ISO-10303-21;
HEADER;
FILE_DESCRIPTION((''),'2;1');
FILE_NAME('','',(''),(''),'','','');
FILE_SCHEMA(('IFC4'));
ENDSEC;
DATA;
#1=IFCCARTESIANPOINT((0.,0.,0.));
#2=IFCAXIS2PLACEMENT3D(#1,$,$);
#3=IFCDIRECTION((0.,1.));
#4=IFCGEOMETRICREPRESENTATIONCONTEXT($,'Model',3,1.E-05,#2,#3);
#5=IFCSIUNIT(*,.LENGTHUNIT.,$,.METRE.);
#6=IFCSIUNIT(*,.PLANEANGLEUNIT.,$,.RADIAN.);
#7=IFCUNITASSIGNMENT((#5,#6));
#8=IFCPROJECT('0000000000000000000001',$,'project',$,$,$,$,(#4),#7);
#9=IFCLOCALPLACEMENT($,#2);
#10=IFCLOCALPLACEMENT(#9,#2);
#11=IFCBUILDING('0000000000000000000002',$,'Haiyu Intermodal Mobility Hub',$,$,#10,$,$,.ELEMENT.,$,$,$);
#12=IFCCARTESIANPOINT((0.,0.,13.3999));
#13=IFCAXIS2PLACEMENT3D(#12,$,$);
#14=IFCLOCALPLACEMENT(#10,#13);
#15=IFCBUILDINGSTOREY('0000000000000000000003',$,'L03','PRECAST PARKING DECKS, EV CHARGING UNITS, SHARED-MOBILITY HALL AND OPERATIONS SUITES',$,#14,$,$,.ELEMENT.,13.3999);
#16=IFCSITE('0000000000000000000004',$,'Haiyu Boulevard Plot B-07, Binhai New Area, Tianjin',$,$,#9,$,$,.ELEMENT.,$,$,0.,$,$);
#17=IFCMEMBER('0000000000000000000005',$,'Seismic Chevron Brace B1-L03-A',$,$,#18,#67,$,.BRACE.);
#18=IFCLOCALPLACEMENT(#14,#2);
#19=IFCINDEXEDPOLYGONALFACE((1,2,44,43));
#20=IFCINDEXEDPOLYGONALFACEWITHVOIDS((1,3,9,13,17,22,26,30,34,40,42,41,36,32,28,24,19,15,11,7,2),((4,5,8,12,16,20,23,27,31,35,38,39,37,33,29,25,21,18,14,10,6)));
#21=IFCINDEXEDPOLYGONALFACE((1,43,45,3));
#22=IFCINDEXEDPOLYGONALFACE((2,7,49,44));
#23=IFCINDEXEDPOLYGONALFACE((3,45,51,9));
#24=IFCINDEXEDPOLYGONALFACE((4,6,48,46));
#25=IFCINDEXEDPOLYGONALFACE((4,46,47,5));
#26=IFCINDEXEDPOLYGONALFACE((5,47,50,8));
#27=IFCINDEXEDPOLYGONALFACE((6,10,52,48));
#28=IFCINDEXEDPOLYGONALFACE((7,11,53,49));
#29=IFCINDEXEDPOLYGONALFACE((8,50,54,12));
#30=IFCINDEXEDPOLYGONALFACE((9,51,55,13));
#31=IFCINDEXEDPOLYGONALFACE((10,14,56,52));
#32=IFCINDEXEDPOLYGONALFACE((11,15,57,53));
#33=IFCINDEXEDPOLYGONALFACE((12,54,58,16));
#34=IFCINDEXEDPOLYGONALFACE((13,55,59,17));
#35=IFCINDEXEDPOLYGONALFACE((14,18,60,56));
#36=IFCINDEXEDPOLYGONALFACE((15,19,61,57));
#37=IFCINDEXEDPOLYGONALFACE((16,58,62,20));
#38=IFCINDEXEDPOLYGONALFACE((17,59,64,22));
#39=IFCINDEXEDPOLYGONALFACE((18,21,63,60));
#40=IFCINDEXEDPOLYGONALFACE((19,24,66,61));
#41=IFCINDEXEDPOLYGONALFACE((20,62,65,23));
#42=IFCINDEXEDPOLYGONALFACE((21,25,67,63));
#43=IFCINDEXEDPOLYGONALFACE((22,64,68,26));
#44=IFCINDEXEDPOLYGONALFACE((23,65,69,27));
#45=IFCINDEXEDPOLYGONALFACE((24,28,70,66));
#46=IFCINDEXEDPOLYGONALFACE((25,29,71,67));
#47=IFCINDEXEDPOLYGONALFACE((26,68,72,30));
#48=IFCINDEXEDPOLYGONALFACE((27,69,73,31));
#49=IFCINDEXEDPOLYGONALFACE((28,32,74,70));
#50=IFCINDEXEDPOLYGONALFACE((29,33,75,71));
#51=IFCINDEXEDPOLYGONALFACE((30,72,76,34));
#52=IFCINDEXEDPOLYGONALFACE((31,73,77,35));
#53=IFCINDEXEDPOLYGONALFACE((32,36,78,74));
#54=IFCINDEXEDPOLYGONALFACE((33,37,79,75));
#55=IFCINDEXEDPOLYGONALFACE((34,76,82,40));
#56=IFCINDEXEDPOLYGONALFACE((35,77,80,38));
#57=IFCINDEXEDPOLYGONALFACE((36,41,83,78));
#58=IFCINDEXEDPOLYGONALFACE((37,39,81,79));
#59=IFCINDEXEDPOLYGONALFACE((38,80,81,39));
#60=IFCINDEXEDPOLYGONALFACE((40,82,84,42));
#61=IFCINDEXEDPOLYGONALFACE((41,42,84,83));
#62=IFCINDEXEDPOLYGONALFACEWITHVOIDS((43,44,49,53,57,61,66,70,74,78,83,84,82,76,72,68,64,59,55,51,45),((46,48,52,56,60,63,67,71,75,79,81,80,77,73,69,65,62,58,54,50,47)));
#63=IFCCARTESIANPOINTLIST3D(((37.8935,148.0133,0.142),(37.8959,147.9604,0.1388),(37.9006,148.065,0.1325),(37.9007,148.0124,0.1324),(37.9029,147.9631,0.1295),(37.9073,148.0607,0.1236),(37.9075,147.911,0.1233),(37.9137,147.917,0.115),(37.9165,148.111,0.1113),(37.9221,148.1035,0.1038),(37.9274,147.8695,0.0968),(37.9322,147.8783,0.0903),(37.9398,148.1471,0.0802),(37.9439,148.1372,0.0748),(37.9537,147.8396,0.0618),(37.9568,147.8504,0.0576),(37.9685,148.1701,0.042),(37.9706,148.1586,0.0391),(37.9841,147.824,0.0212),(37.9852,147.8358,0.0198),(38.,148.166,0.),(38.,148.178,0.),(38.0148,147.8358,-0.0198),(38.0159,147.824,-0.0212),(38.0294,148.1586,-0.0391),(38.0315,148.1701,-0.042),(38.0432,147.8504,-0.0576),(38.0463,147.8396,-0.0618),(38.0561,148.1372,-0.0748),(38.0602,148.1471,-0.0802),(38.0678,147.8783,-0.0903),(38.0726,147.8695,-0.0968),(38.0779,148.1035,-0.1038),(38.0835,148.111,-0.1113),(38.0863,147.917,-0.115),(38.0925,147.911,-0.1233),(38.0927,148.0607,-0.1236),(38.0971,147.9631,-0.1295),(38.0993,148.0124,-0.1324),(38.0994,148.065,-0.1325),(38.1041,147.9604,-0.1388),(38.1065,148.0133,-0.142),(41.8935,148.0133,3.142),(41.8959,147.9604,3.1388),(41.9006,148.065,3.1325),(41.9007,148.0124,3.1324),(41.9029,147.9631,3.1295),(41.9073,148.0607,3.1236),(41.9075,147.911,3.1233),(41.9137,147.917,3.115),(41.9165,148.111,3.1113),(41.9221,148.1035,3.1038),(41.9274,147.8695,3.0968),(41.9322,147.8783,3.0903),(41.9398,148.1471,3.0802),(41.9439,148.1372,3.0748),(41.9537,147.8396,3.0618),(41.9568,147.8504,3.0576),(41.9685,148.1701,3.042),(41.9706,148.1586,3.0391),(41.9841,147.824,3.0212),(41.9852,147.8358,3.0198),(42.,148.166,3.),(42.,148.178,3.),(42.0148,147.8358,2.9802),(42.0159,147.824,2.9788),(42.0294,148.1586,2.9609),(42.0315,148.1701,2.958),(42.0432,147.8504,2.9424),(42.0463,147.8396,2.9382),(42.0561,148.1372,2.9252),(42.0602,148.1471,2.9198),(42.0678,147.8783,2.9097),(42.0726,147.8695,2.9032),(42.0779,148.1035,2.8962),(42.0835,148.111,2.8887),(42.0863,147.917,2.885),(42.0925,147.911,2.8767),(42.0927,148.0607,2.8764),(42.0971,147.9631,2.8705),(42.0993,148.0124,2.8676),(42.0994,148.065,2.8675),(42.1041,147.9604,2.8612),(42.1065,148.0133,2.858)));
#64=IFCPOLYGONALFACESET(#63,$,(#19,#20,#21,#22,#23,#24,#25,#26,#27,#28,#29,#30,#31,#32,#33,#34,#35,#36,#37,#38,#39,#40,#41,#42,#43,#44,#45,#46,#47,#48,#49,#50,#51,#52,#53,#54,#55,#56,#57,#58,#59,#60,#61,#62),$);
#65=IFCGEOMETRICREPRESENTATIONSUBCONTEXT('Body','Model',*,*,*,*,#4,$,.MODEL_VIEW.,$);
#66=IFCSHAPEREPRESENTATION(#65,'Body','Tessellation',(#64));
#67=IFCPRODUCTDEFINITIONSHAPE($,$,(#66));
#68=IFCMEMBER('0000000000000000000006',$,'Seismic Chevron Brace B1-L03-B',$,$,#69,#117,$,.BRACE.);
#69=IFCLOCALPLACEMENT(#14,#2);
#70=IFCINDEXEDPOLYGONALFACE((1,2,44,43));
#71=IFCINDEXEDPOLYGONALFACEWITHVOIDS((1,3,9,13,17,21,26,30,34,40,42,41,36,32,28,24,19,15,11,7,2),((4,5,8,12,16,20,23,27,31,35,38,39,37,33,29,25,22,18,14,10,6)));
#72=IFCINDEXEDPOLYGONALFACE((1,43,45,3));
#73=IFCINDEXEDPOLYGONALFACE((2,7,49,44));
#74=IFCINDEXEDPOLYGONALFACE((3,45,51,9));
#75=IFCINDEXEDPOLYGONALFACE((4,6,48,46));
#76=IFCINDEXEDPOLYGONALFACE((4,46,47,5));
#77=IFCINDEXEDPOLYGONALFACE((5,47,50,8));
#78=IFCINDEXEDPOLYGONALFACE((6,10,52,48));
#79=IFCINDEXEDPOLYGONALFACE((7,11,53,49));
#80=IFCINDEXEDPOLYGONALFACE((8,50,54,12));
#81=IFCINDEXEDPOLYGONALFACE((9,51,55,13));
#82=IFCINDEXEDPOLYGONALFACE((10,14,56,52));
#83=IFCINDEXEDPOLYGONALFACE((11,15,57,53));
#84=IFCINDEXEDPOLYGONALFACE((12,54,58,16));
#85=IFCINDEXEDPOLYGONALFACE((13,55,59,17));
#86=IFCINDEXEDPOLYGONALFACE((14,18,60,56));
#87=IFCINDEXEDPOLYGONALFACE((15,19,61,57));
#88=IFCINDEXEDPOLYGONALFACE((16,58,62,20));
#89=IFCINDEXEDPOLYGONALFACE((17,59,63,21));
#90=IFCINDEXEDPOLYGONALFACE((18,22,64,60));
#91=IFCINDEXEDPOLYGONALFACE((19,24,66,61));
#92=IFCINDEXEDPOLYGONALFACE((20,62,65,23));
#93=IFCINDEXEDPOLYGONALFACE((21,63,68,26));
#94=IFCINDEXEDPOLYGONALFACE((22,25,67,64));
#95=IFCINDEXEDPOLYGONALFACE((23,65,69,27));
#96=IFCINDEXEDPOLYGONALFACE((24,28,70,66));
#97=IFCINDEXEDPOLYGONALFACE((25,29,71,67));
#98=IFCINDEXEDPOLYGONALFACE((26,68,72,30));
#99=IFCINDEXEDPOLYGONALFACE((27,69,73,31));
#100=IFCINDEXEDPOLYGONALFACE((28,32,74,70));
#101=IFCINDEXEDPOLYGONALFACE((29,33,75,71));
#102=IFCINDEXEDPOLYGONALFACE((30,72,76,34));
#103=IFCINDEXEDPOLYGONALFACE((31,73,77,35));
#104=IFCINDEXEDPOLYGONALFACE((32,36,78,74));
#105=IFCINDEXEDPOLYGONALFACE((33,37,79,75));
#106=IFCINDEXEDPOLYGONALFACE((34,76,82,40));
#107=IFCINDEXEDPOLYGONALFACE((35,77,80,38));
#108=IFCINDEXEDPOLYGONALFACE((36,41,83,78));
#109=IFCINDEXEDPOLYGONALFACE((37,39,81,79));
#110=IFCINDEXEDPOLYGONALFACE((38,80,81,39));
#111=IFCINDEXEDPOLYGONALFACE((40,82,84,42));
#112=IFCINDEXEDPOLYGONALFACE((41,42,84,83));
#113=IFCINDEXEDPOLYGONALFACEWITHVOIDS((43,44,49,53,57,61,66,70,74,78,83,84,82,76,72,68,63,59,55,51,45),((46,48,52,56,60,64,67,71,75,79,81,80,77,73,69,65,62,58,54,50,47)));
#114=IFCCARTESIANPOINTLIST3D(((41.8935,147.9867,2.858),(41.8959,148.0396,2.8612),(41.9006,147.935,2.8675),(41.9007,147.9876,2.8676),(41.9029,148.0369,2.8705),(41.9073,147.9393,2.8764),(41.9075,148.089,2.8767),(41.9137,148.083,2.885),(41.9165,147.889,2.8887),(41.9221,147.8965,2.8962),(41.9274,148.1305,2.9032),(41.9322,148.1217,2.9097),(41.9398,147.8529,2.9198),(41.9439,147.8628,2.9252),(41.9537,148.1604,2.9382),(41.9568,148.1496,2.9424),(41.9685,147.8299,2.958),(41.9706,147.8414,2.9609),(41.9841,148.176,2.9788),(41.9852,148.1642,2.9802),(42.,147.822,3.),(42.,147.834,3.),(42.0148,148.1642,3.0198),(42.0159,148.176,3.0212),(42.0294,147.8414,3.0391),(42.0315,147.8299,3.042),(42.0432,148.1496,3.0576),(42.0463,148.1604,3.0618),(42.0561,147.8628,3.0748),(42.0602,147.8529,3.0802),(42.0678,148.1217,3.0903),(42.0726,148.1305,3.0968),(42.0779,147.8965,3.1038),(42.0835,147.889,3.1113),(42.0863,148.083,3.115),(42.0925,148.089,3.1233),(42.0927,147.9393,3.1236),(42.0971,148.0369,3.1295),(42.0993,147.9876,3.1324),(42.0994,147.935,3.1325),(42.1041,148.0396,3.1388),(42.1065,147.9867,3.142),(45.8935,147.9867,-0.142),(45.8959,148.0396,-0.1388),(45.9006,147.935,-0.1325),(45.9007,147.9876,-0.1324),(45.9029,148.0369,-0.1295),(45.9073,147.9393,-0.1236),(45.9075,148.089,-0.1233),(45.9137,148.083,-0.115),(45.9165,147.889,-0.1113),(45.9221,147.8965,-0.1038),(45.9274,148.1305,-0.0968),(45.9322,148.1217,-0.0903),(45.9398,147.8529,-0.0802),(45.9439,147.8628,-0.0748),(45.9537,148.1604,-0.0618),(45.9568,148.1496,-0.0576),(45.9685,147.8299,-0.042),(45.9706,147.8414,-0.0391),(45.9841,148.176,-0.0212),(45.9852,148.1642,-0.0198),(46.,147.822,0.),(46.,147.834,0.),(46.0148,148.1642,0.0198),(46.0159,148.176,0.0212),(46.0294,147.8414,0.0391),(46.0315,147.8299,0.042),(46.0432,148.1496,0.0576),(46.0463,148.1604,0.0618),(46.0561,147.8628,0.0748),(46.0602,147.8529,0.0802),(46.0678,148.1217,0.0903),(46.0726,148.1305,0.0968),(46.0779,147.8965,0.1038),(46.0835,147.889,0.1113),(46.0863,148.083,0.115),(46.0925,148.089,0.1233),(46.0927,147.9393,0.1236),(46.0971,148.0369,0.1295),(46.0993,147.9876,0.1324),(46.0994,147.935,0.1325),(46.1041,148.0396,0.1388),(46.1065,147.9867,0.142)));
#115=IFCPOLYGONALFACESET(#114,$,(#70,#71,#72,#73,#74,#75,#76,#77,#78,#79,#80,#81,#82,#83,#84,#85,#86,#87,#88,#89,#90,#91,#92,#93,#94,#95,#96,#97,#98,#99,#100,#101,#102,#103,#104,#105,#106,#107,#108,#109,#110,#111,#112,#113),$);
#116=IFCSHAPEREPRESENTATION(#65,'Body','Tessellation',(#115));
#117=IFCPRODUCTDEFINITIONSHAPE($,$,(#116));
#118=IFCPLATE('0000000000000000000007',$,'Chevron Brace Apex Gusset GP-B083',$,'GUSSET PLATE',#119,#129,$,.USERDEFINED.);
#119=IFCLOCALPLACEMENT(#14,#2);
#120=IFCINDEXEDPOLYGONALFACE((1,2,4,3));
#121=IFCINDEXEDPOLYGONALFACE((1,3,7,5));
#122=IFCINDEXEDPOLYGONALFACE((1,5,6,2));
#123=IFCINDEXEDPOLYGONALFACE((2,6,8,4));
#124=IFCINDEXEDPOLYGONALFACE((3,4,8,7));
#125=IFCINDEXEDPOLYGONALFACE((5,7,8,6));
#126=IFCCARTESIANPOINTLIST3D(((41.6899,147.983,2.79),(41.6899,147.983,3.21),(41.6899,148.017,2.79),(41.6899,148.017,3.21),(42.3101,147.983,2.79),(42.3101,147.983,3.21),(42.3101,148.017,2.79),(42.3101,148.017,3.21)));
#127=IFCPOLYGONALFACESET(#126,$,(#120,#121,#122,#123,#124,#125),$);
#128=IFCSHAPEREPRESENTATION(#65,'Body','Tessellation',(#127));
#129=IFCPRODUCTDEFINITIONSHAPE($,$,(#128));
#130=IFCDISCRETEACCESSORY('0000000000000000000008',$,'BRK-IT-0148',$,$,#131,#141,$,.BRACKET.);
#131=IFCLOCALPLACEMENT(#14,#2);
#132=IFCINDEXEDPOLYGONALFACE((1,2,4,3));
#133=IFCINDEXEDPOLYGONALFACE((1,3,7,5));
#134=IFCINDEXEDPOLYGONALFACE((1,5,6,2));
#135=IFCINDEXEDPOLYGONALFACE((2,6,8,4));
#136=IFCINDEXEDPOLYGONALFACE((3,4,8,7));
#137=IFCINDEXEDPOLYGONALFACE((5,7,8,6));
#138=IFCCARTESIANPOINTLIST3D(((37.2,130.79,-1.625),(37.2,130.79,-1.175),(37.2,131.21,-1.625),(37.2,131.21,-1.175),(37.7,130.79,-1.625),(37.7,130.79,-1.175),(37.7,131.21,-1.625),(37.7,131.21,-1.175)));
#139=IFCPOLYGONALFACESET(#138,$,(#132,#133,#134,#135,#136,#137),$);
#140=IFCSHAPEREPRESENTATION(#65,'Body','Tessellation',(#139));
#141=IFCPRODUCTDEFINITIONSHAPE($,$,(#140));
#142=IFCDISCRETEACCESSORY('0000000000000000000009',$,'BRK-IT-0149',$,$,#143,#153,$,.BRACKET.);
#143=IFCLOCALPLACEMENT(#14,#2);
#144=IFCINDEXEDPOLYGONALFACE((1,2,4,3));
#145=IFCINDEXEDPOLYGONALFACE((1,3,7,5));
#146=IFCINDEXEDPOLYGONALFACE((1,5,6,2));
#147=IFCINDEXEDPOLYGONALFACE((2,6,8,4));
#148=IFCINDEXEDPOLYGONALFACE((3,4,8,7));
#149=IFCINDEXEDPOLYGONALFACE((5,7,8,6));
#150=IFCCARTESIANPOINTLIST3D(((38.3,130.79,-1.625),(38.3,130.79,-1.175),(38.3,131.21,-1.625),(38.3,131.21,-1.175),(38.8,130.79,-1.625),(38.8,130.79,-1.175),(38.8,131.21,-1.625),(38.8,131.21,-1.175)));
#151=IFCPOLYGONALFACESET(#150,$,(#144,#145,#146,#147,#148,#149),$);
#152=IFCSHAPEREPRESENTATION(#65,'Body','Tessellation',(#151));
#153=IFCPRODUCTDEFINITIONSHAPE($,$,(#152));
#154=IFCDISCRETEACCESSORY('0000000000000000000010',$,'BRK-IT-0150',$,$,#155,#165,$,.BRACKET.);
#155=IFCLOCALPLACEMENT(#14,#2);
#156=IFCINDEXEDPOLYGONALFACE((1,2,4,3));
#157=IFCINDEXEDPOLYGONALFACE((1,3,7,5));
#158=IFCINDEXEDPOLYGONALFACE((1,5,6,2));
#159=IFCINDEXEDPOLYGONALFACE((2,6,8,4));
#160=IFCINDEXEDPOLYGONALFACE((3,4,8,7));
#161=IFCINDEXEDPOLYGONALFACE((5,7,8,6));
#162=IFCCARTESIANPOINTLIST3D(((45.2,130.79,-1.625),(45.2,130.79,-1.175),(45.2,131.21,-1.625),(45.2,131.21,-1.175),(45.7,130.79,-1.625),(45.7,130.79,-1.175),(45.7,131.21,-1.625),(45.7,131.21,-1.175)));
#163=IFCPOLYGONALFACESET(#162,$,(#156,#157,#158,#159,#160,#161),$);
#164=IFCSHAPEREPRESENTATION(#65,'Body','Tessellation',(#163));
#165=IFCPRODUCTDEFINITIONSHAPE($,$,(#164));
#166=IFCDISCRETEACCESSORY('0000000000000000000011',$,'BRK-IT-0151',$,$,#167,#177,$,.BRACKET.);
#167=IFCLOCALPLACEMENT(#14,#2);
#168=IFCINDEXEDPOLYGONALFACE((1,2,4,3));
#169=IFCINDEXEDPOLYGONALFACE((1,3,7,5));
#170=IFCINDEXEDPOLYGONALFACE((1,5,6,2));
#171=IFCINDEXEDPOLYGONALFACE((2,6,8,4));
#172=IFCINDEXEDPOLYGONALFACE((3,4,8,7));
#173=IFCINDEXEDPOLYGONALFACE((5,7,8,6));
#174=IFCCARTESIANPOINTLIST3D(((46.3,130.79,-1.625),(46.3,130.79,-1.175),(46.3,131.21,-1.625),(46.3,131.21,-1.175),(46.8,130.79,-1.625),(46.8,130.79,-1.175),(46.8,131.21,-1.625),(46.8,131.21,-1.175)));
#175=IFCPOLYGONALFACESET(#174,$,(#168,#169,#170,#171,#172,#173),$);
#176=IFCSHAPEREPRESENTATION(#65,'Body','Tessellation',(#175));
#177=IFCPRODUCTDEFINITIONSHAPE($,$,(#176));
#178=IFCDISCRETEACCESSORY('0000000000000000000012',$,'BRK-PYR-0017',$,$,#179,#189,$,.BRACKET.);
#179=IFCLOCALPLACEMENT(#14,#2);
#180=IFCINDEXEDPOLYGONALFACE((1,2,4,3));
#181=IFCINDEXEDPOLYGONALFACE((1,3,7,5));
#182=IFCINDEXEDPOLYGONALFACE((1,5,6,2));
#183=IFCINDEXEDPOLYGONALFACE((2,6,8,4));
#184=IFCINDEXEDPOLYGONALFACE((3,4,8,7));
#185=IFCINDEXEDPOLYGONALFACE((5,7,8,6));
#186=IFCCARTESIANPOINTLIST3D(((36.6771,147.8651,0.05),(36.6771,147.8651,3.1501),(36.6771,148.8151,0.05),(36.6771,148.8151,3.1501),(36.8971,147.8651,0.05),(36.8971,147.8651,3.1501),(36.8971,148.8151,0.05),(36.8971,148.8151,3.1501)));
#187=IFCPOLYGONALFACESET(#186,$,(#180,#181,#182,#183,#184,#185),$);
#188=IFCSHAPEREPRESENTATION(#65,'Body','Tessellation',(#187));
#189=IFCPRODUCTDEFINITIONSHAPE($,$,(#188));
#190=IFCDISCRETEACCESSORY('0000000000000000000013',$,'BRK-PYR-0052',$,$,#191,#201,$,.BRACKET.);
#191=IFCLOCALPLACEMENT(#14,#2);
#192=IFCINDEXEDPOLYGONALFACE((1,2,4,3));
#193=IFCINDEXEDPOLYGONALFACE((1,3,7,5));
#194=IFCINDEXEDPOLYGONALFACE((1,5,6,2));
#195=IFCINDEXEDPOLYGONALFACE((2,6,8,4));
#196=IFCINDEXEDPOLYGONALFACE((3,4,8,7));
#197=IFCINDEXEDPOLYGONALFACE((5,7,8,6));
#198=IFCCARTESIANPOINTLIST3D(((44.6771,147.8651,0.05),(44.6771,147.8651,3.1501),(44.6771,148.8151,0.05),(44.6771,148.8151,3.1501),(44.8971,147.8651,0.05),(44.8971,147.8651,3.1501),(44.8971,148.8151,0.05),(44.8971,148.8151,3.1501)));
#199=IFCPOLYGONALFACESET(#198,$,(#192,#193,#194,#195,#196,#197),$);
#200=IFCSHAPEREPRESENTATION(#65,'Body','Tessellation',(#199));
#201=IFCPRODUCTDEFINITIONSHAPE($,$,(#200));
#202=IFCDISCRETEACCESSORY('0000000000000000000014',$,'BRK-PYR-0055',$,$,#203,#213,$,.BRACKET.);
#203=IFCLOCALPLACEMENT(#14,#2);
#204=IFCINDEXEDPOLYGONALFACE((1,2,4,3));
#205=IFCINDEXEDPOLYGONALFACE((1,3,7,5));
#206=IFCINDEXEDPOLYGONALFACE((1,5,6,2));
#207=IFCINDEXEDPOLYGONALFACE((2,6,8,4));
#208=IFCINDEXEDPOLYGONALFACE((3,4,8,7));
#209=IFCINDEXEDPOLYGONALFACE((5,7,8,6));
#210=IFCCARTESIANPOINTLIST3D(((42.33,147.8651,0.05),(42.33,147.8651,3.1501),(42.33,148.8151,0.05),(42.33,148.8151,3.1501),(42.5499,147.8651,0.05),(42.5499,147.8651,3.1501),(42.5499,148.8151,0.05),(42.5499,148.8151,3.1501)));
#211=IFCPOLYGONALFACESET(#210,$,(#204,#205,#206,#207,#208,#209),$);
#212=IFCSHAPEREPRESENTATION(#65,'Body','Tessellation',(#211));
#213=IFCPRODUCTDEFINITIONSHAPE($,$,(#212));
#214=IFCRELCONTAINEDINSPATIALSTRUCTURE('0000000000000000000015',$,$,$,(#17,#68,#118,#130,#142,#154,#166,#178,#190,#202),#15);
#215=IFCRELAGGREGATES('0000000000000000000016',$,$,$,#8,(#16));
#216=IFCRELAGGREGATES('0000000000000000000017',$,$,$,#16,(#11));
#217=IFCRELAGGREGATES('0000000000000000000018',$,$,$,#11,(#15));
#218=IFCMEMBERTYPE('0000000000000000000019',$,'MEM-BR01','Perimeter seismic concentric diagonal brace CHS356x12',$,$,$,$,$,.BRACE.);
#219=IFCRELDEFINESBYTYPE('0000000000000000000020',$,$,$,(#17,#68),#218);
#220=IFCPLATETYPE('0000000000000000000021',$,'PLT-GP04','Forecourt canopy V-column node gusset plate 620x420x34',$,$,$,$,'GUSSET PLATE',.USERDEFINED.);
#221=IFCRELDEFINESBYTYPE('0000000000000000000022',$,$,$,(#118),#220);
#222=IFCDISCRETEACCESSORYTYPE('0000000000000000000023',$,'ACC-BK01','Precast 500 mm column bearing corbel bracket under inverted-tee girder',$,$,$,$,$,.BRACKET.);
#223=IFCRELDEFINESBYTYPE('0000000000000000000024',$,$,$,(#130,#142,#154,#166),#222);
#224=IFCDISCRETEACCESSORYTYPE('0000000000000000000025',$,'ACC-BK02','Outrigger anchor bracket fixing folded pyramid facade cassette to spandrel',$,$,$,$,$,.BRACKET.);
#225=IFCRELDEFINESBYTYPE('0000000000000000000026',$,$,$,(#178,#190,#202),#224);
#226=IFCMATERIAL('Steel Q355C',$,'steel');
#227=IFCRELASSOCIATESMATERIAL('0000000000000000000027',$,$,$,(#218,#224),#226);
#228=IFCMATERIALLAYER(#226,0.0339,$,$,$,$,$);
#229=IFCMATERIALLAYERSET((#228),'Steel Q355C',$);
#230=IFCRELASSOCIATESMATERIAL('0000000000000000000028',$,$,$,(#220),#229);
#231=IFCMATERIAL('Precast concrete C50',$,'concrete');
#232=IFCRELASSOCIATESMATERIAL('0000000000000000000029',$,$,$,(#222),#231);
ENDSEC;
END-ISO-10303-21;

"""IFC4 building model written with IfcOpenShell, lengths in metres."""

from ifc_helpers import new_model, si_unit, direction, frame, origin, origin_2d, place, context, subcontext, project, spatial, rectangle, hollow_circle, extrude, material, layer, layer_set, material_profile, profile_set, type_object, element, save


model = new_model("IFC4")

# Units and contexts
model_context = context("Model", 3, precision=1e-05, world=origin(), true_north=direction((0.0, 1.0)))
body_context = subcontext(model_context, "Body", "Model", "MODEL_VIEW")
ifc_project = project(units=[si_unit("LENGTHUNIT", "METRE"), si_unit("PLANEANGLEUNIT", "RADIAN")], contexts=[model_context])

# Site, building, storey
site_placement = place(None, origin())
site = spatial("IfcSite", under=ifc_project, at=site_placement, Name="Haiyu Boulevard Plot B-07, Binhai New Area, Tianjin", CompositionType="ELEMENT", RefElevation=0.0)
building_placement = place(site_placement, origin())
building = spatial("IfcBuilding", under=site, at=building_placement, Name="Haiyu Intermodal Mobility Hub", CompositionType="ELEMENT")
storey_placement = place(building_placement, frame((0.0, 0.0, 13.3999)))
storey = spatial("IfcBuildingStorey", under=building, at=storey_placement, Name="L03", Description="PRECAST PARKING DECKS, EV CHARGING UNITS, SHARED-MOBILITY HALL AND OPERATIONS SUITES", CompositionType="ELEMENT", Elevation=13.3999)

# Shared definitions
ifc_material_1 = material(Name="Precast concrete C50", Category="concrete")

# Members
ifc_material_2 = material(Name="Steel Q355C", Category="steel")
ifc_material_profile_1 = material_profile(ifc_material_2, hollow_circle(Radius=0.178, WallThickness=0.012, at=origin_2d()), Name="CHS356x12")
ifc_profile_set_1 = profile_set([ifc_material_profile_1], Name="Steel Q355C")
member_type = type_object("IfcMemberType", Name="MEM-BR01", Description="Perimeter seismic concentric diagonal brace CHS356x12", PredefinedType="BRACE", material=ifc_profile_set_1)
for number, where, z_axis, x_axis, name in (
    (1, (38.0, 148.0, 0.0), (0.8, 0.0, 0.6), (0.0, 1.0, 0.0), "Seismic Chevron Brace B1-L03-A"),
    (2, (46.0, 148.0, 0.0), (-0.8, 0.0, 0.6), (0.0, -1.0, 0.0), "Seismic Chevron Brace B1-L03-B"),
):
    element("IfcMember", number, at=place(storey_placement, frame(where, z_axis=z_axis, x_axis=x_axis)), inside=storey, type_object=member_type, Name=name, PredefinedType="BRACE", context=body_context, shape_type="SweptSolid", body=[
        extrude(hollow_circle(Radius=0.178, WallThickness=0.012, at=origin_2d()), origin(), (0.0, 0.0, 1.0), 5.0),
    ])

# Plate
ifc_layer = layer(ifc_material_2, 0.0339)
ifc_layer_set = layer_set([ifc_layer], Name="Steel Q355C")
plate_type = type_object("IfcPlateType", Name="PLT-GP04", Description="Forecourt canopy V-column node gusset plate 620x420x34", ElementType="GUSSET PLATE", PredefinedType="USERDEFINED", material=ifc_layer_set)
plate_placement = place(storey_placement, frame((42.0, 148.0, 2.79), z_axis=(0.0, 0.0, 1.0), x_axis=(1.0, 0.0, 0.0)))
element("IfcPlate", 3, at=plate_placement, inside=storey, type_object=plate_type, Name="Chevron Brace Apex Gusset GP-B083", ObjectType="GUSSET PLATE", PredefinedType="USERDEFINED", context=body_context, shape_type="SweptSolid", body=[
    extrude(rectangle(XDim=0.6201, YDim=0.0339, at=origin_2d()), origin(), (0.0, 0.0, 1.0), 0.4199),
])

# Discrete accessories
discrete_accessory_type_1 = type_object("IfcDiscreteAccessoryType", Name="ACC-BK01", Description="Precast 500 mm column bearing corbel bracket under inverted-tee girder", PredefinedType="BRACKET", material=ifc_material_1)
for number, where, z_axis, x_axis, name in (
    (4, (37.45, 131.0, -1.625), (0.0, 0.0, 1.0), (1.0, 0.0, 0.0), "BRK-IT-0148"),
    (5, (38.55, 131.0, -1.625), (0.0, 0.0, 1.0), (1.0, 0.0, 0.0), "BRK-IT-0149"),
    (6, (45.45, 131.0, -1.625), (0.0, 0.0, 1.0), (1.0, 0.0, 0.0), "BRK-IT-0150"),
    (7, (46.55, 131.0, -1.625), (0.0, 0.0, 1.0), (1.0, 0.0, 0.0), "BRK-IT-0151"),
):
    element("IfcDiscreteAccessory", number, at=place(storey_placement, frame(where, z_axis=z_axis, x_axis=x_axis)), inside=storey, type_object=discrete_accessory_type_1, Name=name, PredefinedType="BRACKET", context=body_context, shape_type="SweptSolid", body=[
        extrude(rectangle(XDim=0.5, YDim=0.4199, at=origin_2d()), origin(), (0.0, 0.0, 1.0), 0.45),
    ])
discrete_accessory_type_2 = type_object("IfcDiscreteAccessoryType", Name="ACC-BK02", Description="Outrigger anchor bracket fixing folded pyramid facade cassette to spandrel", PredefinedType="BRACKET", material=ifc_material_2)
for number, where, z_axis, x_axis, name in (
    (8, (36.7871, 148.3401, 0.05), (0.0, 0.0, 1.0), (1.0, 0.0, 0.0), "BRK-PYR-0017"),
    (9, (44.7871, 148.3401, 0.05), (0.0, 0.0, 1.0), (1.0, 0.0, 0.0), "BRK-PYR-0052"),
    (10, (42.4399, 148.3401, 0.05), (0.0, 0.0, 1.0), (1.0, 0.0, 0.0), "BRK-PYR-0055"),
):
    element("IfcDiscreteAccessory", number, at=place(storey_placement, frame(where, z_axis=z_axis, x_axis=x_axis)), inside=storey, type_object=discrete_accessory_type_2, Name=name, PredefinedType="BRACKET", context=body_context, shape_type="SweptSolid", body=[
        extrude(rectangle(XDim=0.22, YDim=0.95, at=origin_2d()), origin(), (0.0, 0.0, 1.0), 3.1001),
    ])

save(model, "model.ifc")
